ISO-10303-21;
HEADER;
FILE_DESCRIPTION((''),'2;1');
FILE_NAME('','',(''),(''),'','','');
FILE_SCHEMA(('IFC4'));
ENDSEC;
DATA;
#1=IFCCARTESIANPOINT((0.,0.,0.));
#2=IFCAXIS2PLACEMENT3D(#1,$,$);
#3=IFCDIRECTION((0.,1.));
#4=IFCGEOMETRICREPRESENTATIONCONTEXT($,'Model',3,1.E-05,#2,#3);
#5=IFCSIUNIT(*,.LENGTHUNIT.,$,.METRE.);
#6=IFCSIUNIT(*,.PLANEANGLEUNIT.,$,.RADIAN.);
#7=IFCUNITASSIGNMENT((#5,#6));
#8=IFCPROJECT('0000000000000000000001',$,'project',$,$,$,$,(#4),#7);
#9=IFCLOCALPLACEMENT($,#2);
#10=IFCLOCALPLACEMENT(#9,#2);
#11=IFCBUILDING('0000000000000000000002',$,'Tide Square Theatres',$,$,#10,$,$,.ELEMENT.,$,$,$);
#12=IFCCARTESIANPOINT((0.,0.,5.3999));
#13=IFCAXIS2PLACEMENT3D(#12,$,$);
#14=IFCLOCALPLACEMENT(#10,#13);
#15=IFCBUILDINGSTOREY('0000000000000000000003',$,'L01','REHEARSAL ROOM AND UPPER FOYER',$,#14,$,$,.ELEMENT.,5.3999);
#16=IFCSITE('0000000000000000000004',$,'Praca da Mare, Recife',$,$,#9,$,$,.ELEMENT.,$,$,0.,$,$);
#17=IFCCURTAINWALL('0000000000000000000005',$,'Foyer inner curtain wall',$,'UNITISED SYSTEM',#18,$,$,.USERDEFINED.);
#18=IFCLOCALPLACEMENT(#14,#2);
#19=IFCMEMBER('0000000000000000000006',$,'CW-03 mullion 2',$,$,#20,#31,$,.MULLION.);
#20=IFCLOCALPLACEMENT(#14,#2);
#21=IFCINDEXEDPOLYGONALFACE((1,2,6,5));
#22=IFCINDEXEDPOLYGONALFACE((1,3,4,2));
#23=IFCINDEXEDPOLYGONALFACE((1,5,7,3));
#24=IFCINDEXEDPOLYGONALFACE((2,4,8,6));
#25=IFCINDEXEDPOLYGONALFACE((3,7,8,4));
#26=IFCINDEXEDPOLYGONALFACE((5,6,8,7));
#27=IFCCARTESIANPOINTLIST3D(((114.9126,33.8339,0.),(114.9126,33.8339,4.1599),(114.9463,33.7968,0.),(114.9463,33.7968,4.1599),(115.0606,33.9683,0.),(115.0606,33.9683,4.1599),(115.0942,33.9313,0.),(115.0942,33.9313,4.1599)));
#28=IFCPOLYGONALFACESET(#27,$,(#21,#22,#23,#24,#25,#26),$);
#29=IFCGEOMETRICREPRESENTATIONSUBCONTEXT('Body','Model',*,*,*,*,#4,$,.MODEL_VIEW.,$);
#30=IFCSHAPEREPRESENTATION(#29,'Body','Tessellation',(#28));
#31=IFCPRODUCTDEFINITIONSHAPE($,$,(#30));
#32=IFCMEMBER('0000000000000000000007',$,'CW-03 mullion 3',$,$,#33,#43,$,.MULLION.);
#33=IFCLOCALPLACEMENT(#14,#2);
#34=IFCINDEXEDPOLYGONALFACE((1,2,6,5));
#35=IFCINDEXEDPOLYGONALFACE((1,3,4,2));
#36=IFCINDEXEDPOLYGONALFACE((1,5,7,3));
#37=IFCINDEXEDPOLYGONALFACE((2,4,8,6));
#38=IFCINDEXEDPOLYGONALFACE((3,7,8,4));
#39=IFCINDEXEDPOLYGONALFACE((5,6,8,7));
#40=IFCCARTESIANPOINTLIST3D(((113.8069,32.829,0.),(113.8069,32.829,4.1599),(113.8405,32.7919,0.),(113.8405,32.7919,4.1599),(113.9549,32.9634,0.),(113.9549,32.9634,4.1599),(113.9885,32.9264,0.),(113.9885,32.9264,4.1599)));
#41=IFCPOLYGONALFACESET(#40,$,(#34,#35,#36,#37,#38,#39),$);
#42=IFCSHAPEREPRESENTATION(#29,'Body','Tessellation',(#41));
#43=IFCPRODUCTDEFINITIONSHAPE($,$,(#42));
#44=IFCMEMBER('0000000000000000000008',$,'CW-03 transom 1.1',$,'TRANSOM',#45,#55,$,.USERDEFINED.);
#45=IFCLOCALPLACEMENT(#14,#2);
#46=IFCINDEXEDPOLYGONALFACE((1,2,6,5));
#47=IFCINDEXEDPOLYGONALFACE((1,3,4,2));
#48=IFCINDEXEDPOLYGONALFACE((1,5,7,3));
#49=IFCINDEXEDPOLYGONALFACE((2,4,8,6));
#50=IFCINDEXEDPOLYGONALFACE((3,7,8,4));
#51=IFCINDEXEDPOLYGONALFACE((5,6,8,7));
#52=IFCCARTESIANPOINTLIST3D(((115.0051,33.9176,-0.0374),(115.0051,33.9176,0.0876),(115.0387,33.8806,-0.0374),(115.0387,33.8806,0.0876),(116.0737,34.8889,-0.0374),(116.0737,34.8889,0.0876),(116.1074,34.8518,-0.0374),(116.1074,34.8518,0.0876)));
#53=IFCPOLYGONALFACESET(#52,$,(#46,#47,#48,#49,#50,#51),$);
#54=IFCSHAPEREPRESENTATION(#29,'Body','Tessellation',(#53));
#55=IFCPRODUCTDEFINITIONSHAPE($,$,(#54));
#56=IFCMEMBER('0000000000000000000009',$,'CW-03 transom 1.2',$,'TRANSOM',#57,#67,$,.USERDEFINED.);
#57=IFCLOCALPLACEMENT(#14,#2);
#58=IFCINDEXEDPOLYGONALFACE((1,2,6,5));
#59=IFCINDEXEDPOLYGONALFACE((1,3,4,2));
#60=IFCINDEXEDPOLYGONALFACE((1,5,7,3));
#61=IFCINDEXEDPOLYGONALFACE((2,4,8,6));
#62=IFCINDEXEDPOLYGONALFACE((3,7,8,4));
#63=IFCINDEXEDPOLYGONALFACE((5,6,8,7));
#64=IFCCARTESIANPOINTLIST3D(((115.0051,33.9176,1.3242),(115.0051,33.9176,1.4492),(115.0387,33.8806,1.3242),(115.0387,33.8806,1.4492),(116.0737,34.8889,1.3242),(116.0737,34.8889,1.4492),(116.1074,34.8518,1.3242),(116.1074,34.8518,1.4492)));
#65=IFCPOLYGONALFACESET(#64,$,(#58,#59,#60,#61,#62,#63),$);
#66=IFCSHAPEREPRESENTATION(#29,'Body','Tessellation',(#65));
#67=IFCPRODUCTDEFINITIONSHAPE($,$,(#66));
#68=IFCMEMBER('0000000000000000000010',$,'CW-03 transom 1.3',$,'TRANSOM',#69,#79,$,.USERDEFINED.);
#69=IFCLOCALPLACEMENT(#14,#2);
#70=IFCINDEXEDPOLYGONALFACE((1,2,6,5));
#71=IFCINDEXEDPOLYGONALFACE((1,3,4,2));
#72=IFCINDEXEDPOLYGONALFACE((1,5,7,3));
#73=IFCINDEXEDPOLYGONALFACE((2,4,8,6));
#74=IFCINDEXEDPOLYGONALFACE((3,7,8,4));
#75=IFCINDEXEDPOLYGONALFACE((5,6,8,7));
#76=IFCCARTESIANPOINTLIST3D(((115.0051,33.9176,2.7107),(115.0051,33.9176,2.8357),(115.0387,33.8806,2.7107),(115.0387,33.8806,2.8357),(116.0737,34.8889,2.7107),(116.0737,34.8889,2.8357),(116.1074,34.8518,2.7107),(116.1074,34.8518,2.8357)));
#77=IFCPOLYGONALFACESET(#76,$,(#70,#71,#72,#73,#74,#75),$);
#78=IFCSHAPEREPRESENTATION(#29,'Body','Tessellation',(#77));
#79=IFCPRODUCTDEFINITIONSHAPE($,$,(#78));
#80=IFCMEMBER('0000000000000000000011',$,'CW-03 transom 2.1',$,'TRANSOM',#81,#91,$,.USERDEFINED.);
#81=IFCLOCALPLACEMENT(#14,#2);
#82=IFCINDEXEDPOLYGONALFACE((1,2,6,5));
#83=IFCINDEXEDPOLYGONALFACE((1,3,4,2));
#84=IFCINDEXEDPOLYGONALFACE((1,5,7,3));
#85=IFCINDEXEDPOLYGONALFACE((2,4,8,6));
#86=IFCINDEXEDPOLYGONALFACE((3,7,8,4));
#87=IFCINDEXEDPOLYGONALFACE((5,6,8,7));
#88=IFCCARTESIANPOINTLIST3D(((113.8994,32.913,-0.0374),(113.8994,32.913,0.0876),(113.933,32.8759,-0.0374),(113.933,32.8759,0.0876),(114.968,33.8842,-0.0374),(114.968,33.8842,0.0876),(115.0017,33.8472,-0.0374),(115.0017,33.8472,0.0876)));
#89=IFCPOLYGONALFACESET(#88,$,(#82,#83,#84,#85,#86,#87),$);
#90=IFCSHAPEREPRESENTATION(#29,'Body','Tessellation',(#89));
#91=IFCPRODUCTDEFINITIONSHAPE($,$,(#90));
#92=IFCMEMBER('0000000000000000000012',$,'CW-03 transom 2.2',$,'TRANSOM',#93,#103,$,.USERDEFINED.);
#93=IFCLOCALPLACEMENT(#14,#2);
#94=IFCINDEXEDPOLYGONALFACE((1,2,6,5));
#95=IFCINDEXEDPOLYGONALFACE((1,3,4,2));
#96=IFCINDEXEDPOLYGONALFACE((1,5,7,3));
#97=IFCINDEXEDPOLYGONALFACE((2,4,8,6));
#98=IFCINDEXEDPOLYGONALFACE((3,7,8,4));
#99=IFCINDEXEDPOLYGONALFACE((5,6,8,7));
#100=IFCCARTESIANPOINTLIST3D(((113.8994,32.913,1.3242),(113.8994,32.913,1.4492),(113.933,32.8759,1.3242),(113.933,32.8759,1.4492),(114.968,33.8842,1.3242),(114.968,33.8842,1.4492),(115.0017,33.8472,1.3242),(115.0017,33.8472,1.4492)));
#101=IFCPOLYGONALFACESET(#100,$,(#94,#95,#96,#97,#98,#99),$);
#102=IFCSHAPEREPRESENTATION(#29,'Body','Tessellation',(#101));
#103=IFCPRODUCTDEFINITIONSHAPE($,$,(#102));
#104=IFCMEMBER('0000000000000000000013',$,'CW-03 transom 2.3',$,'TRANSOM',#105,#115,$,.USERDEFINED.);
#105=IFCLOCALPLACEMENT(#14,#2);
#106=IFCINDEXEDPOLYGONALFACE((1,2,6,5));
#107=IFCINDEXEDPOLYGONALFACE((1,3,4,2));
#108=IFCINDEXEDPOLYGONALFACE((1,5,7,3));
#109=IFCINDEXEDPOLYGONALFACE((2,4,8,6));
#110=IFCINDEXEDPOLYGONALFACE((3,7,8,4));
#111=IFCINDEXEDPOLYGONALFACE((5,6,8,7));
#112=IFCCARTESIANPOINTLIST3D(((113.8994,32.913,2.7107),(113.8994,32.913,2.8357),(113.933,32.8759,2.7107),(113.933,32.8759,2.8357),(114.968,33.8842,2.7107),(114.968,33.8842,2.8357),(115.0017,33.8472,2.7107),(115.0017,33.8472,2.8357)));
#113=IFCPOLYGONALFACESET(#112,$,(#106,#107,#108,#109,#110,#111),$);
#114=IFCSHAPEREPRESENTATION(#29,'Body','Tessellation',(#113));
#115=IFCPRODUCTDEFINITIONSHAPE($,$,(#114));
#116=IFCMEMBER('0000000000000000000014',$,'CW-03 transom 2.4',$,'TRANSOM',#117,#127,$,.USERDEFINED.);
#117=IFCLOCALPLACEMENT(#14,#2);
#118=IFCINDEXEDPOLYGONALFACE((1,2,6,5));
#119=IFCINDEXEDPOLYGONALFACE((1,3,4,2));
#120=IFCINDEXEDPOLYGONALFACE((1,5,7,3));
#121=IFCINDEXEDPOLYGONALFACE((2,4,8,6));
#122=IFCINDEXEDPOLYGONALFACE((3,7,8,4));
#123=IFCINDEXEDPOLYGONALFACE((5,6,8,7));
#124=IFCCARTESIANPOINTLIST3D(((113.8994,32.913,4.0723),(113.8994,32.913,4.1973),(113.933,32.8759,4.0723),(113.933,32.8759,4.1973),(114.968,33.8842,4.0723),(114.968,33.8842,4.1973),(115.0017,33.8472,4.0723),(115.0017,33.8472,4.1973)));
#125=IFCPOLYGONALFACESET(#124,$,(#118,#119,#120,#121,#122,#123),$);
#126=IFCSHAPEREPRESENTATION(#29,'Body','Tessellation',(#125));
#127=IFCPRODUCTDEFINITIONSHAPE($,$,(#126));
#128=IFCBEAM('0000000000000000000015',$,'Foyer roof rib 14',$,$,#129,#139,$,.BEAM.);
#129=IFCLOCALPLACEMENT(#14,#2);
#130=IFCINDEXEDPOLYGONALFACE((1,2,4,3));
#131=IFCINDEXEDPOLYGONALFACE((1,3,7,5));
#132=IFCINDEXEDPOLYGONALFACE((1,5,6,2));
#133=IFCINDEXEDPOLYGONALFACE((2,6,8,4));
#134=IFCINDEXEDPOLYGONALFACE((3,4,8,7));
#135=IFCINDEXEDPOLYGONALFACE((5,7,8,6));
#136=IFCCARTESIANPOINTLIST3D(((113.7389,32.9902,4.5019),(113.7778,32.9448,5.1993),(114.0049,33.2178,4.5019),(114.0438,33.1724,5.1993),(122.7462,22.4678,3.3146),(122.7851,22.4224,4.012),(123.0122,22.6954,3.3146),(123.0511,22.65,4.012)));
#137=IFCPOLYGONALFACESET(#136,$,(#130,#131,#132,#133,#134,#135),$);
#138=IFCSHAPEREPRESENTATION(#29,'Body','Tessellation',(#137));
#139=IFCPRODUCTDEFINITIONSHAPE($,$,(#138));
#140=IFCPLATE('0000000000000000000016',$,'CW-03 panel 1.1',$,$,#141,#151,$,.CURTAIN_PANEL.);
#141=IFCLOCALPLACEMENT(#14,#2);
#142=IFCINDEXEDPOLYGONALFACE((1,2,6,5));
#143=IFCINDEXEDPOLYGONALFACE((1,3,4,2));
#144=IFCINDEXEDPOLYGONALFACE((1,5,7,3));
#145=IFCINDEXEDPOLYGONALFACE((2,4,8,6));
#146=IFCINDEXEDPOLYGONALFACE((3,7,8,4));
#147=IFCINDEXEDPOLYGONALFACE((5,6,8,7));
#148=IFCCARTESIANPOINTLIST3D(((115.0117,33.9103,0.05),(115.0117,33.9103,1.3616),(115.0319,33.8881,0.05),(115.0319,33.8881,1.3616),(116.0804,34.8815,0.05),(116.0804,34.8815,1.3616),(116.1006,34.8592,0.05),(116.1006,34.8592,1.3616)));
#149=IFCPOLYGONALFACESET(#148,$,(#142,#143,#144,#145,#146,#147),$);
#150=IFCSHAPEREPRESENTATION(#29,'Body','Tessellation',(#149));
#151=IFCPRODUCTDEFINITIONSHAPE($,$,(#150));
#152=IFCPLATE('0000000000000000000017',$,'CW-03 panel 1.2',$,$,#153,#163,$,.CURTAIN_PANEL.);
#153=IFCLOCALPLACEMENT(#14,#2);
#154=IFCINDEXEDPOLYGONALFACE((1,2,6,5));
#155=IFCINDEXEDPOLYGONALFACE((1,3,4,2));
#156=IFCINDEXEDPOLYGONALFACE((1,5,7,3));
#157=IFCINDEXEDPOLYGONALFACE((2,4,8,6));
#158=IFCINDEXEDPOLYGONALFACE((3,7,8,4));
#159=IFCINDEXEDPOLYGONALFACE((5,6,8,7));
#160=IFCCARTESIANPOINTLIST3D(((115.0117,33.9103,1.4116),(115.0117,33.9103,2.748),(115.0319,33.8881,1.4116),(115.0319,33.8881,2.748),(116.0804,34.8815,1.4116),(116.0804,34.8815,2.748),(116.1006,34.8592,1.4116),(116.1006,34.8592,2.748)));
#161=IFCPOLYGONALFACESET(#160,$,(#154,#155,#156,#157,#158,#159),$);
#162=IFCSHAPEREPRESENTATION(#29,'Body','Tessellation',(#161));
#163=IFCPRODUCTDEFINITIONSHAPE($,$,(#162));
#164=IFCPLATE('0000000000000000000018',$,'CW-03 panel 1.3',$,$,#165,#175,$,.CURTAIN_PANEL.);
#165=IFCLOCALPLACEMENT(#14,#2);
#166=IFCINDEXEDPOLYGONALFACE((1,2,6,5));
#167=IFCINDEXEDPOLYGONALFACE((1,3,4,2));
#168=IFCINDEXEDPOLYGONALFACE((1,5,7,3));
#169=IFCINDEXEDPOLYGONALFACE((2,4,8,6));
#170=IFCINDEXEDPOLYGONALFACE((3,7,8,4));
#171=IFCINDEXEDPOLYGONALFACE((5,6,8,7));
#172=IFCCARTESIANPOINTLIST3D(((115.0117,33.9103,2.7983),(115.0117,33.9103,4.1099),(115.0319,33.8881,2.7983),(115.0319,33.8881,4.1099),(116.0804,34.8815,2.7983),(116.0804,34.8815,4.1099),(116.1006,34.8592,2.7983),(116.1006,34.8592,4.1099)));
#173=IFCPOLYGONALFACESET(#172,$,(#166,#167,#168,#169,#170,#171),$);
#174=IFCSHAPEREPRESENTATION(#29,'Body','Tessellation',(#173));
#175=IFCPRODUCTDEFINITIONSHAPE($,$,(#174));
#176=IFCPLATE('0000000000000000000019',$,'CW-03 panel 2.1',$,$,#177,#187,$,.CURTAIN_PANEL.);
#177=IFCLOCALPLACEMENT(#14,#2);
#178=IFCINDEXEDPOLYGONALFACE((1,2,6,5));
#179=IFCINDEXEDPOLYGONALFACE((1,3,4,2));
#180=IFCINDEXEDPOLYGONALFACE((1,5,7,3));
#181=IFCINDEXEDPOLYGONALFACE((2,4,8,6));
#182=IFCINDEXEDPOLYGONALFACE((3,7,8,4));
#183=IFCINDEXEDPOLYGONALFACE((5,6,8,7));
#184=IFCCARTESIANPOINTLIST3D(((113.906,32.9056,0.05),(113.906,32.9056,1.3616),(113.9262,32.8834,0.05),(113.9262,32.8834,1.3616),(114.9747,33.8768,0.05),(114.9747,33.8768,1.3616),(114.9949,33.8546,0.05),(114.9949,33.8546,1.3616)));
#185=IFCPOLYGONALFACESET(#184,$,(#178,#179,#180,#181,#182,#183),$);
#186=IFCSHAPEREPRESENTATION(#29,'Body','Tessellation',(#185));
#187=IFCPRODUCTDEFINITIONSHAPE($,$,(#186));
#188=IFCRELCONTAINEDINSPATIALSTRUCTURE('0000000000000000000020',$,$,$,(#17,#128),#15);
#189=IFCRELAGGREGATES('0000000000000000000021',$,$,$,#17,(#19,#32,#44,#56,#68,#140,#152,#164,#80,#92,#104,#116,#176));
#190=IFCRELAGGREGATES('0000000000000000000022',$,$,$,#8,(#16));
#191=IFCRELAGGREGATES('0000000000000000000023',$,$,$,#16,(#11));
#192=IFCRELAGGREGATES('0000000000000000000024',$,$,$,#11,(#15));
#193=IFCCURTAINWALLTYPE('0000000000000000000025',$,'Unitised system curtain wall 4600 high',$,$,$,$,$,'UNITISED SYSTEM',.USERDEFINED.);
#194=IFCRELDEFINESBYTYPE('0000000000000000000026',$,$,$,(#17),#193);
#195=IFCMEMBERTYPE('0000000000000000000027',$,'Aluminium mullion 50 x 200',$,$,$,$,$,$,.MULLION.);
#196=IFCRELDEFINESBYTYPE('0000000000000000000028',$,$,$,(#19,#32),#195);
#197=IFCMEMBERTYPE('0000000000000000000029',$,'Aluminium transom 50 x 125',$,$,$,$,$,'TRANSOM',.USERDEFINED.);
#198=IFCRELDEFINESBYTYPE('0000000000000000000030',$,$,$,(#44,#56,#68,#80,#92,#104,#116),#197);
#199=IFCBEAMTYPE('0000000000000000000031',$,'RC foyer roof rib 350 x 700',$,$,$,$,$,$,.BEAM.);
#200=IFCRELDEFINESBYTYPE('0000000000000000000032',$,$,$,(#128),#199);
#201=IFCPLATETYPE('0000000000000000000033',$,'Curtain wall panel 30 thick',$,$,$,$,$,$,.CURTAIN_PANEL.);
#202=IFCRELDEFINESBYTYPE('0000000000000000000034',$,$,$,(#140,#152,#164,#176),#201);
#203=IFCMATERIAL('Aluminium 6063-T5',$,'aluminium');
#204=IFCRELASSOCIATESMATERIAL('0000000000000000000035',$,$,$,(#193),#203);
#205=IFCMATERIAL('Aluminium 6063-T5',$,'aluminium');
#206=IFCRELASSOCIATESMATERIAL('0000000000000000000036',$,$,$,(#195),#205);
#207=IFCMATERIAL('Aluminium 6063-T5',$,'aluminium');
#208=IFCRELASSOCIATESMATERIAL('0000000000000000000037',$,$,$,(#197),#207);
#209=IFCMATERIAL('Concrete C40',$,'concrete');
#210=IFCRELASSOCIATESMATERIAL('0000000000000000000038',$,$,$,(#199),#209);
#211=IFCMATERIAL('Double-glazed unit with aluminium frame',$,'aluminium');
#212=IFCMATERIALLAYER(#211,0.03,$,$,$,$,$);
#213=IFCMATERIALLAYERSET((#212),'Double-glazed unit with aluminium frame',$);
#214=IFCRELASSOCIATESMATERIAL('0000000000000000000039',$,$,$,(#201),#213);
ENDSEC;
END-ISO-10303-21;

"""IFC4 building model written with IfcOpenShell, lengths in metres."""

from ifc_helpers import new_model, si_unit, direction, frame, origin, origin_2d, place, context, subcontext, project, spatial, rectangle, extrude, material, layer, layer_set, material_profile, profile_set, type_object, element, aggregate, save


model = new_model("IFC4")

# Units and contexts
model_context = context("Model", 3, precision=1e-05, world=origin(), true_north=direction((0.0, 1.0)))
body_context = subcontext(model_context, "Body", "Model", "MODEL_VIEW")
ifc_project = project(units=[si_unit("LENGTHUNIT", "METRE"), si_unit("PLANEANGLEUNIT", "RADIAN")], contexts=[model_context])

# Site, building, storey
site_placement = place(None, origin())
site = spatial("IfcSite", under=ifc_project, at=site_placement, Name="Praca da Mare, Recife", CompositionType="ELEMENT", RefElevation=0.0)
building_placement = place(site_placement, origin())
building = spatial("IfcBuilding", under=site, at=building_placement, Name="Tide Square Theatres", CompositionType="ELEMENT")
storey_placement = place(building_placement, frame((0.0, 0.0, 5.3999)))
storey = spatial("IfcBuildingStorey", under=building, at=storey_placement, Name="L01", Description="REHEARSAL ROOM AND UPPER FOYER", CompositionType="ELEMENT", Elevation=5.3999)

# Curtain wall, members
ifc_material_1 = material(Name="Aluminium 6063-T5", Category="aluminium")
curtain_wall_type = type_object("IfcCurtainWallType", Name="Unitised system curtain wall 4600 high", ElementType="UNITISED SYSTEM", PredefinedType="USERDEFINED", material=ifc_material_1)
curtain_wall_placement = place(storey_placement, origin())
curtain_wall = element("IfcCurtainWall", 1, at=curtain_wall_placement, inside=storey, type_object=curtain_wall_type, Name="Foyer inner curtain wall", ObjectType="UNITISED SYSTEM", PredefinedType="USERDEFINED")
ifc_material_2 = material(Name="Aluminium 6063-T5", Category="aluminium")
ifc_material_profile_1 = material_profile(ifc_material_2, rectangle(XDim=0.05, YDim=0.2, at=origin_2d()))
ifc_profile_set_1 = profile_set([ifc_material_profile_1], Name="Aluminium 6063-T5")
member_type_1 = type_object("IfcMemberType", Name="Aluminium mullion 50 x 200", PredefinedType="MULLION", material=ifc_profile_set_1)
member_1_placement = place(storey_placement, frame((115.0034, 33.8826, 0.0), z_axis=(0.0, 0.0, 1.0), x_axis=(0.672527, -0.740073, 0.0)))
member_1 = element("IfcMember", 2, at=member_1_placement, type_object=member_type_1, Name="CW-03 mullion 2", PredefinedType="MULLION", context=body_context, shape_type="SweptSolid", body=[
    extrude(rectangle(XDim=0.05, YDim=0.2, at=origin_2d()), origin(), (0.0, 0.0, 1.0), 4.1599),
])
member_2_placement = place(storey_placement, frame((113.8977, 32.8777, 0.0), z_axis=(0.0, 0.0, 1.0), x_axis=(0.672527, -0.740073, 0.0)))
member_2 = element("IfcMember", 3, at=member_2_placement, type_object=member_type_1, Name="CW-03 mullion 3", PredefinedType="MULLION", context=body_context, shape_type="SweptSolid", body=[
    extrude(rectangle(XDim=0.05, YDim=0.2, at=origin_2d()), origin(), (0.0, 0.0, 1.0), 4.1599),
])
ifc_material_3 = material(Name="Aluminium 6063-T5", Category="aluminium")
ifc_material_profile_2 = material_profile(ifc_material_3, rectangle(XDim=0.05, YDim=0.125, at=origin_2d()))
ifc_profile_set_2 = profile_set([ifc_material_profile_2], Name="Aluminium 6063-T5")
member_type_2 = type_object("IfcMemberType", Name="Aluminium transom 50 x 125", ElementType="TRANSOM", PredefinedType="USERDEFINED", material=ifc_profile_set_2)
member_3_placement = place(storey_placement, frame((116.0906, 34.8704, 0.0251), z_axis=(-0.740032, -0.672572, 0.0), x_axis=(0.672572, -0.740032, 0.0)))
member_3 = element("IfcMember", 4, at=member_3_placement, type_object=member_type_2, Name="CW-03 transom 1.1", ObjectType="TRANSOM", PredefinedType="USERDEFINED", context=body_context, shape_type="SweptSolid", body=[
    extrude(rectangle(XDim=0.05, YDim=0.125, at=origin_2d()), origin(), (0.0, 0.0, 1.0), 1.4441),
])
member_4_placement = place(storey_placement, frame((116.0906, 34.8704, 1.3867), z_axis=(-0.740032, -0.672572, 0.0), x_axis=(0.672572, -0.740032, 0.0)))
member_4 = element("IfcMember", 5, at=member_4_placement, type_object=member_type_2, Name="CW-03 transom 1.2", ObjectType="TRANSOM", PredefinedType="USERDEFINED", context=body_context, shape_type="SweptSolid", body=[
    extrude(rectangle(XDim=0.05, YDim=0.125, at=origin_2d()), origin(), (0.0, 0.0, 1.0), 1.4441),
])
member_5_placement = place(storey_placement, frame((116.0906, 34.8704, 2.7732), z_axis=(-0.740032, -0.672572, 0.0), x_axis=(0.672572, -0.740032, 0.0)))
member_5 = element("IfcMember", 6, at=member_5_placement, type_object=member_type_2, Name="CW-03 transom 1.3", ObjectType="TRANSOM", PredefinedType="USERDEFINED", context=body_context, shape_type="SweptSolid", body=[
    extrude(rectangle(XDim=0.05, YDim=0.125, at=origin_2d()), origin(), (0.0, 0.0, 1.0), 1.4441),
])
member_6_placement = place(storey_placement, frame((114.9849, 33.8657, 0.0251), z_axis=(-0.740032, -0.672572, 0.0), x_axis=(0.672572, -0.740032, 0.0)))
member_6 = element("IfcMember", 7, at=member_6_placement, type_object=member_type_2, Name="CW-03 transom 2.1", ObjectType="TRANSOM", PredefinedType="USERDEFINED", context=body_context, shape_type="SweptSolid", body=[
    extrude(rectangle(XDim=0.05, YDim=0.125, at=origin_2d()), origin(), (0.0, 0.0, 1.0), 1.4441),
])
member_7_placement = place(storey_placement, frame((114.9849, 33.8657, 1.3867), z_axis=(-0.740032, -0.672572, 0.0), x_axis=(0.672572, -0.740032, 0.0)))
member_7 = element("IfcMember", 8, at=member_7_placement, type_object=member_type_2, Name="CW-03 transom 2.2", ObjectType="TRANSOM", PredefinedType="USERDEFINED", context=body_context, shape_type="SweptSolid", body=[
    extrude(rectangle(XDim=0.05, YDim=0.125, at=origin_2d()), origin(), (0.0, 0.0, 1.0), 1.4441),
])
member_8_placement = place(storey_placement, frame((114.9849, 33.8657, 2.7732), z_axis=(-0.740032, -0.672572, 0.0), x_axis=(0.672572, -0.740032, 0.0)))
member_8 = element("IfcMember", 9, at=member_8_placement, type_object=member_type_2, Name="CW-03 transom 2.3", ObjectType="TRANSOM", PredefinedType="USERDEFINED", context=body_context, shape_type="SweptSolid", body=[
    extrude(rectangle(XDim=0.05, YDim=0.125, at=origin_2d()), origin(), (0.0, 0.0, 1.0), 1.4441),
])
member_9_placement = place(storey_placement, frame((114.9849, 33.8657, 4.1348), z_axis=(-0.740032, -0.672572, 0.0), x_axis=(0.672572, -0.740032, 0.0)))
member_9 = element("IfcMember", 10, at=member_9_placement, type_object=member_type_2, Name="CW-03 transom 2.4", ObjectType="TRANSOM", PredefinedType="USERDEFINED", context=body_context, shape_type="SweptSolid", body=[
    extrude(rectangle(XDim=0.05, YDim=0.125, at=origin_2d()), origin(), (0.0, 0.0, 1.0), 1.4441),
])

# Beam
ifc_material_4 = material(Name="Concrete C40", Category="concrete")
ifc_material_profile_3 = material_profile(ifc_material_4, rectangle(XDim=0.3501, YDim=0.7, at=origin_2d()))
ifc_profile_set_3 = profile_set([ifc_material_profile_3], Name="Concrete C40")
beam_type = type_object("IfcBeamType", Name="RC foyer roof rib 350 x 700", PredefinedType="BEAM", material=ifc_profile_set_3)
beam_placement = place(storey_placement, frame((113.8914, 33.0813, 4.8506), z_axis=(0.647919, -0.756906, -0.085402), x_axis=(0.759682, 0.650295, 0.0)))
element("IfcBeam", 11, at=beam_placement, inside=storey, type_object=beam_type, Name="Foyer roof rib 14", PredefinedType="BEAM", context=body_context, shape_type="SweptSolid", body=[
    extrude(rectangle(XDim=0.3501, YDim=0.7, at=origin_2d()), origin(), (0.0, 0.0, 1.0), 13.9019),
])

# Plates
ifc_material_5 = material(Name="Double-glazed unit with aluminium frame", Category="aluminium")
ifc_layer_1 = layer(ifc_material_5, 0.03)
ifc_layer_set_1 = layer_set([ifc_layer_1], Name="Double-glazed unit with aluminium frame")
plate_type = type_object("IfcPlateType", Name="Curtain wall panel 30 thick", PredefinedType="CURTAIN_PANEL", material=ifc_layer_set_1)
plate_1_placement = place(storey_placement, frame((115.5562, 34.3848, 0.05), z_axis=(0.0, 0.0, 1.0), x_axis=(-0.740073, -0.672527, 0.0)))
plate_1 = element("IfcPlate", 12, at=plate_1_placement, type_object=plate_type, Name="CW-03 panel 1.1", PredefinedType="CURTAIN_PANEL", context=body_context, shape_type="SweptSolid", body=[
    extrude(rectangle(XDim=1.4441, YDim=0.03, at=origin_2d()), origin(), (0.0, 0.0, 1.0), 1.3115),
])
plate_2_placement = place(storey_placement, frame((115.5562, 34.3848, 1.4116), z_axis=(0.0, 0.0, 1.0), x_axis=(-0.740073, -0.672527, 0.0)))
plate_2 = element("IfcPlate", 13, at=plate_2_placement, type_object=plate_type, Name="CW-03 panel 1.2", PredefinedType="CURTAIN_PANEL", context=body_context, shape_type="SweptSolid", body=[
    extrude(rectangle(XDim=1.4441, YDim=0.03, at=origin_2d()), origin(), (0.0, 0.0, 1.0), 1.3364),
])
plate_3_placement = place(storey_placement, frame((115.5562, 34.3848, 2.7983), z_axis=(0.0, 0.0, 1.0), x_axis=(-0.740073, -0.672527, 0.0)))
plate_3 = element("IfcPlate", 14, at=plate_3_placement, type_object=plate_type, Name="CW-03 panel 1.3", PredefinedType="CURTAIN_PANEL", context=body_context, shape_type="SweptSolid", body=[
    extrude(rectangle(XDim=1.4441, YDim=0.03, at=origin_2d()), origin(), (0.0, 0.0, 1.0), 1.3115),
])
plate_4_placement = place(storey_placement, frame((114.4504, 33.3801, 0.05), z_axis=(0.0, 0.0, 1.0), x_axis=(-0.740073, -0.672527, 0.0)))
plate_4 = element("IfcPlate", 15, at=plate_4_placement, type_object=plate_type, Name="CW-03 panel 2.1", PredefinedType="CURTAIN_PANEL", context=body_context, shape_type="SweptSolid", body=[
    extrude(rectangle(XDim=1.4441, YDim=0.03, at=origin_2d()), origin(), (0.0, 0.0, 1.0), 1.3115),
])
aggregate(curtain_wall, [member_1, member_2, member_3, member_4, member_5, plate_1, plate_2, plate_3, member_6, member_7, member_8, member_9, plate_4])

save(model, "model.ifc")
